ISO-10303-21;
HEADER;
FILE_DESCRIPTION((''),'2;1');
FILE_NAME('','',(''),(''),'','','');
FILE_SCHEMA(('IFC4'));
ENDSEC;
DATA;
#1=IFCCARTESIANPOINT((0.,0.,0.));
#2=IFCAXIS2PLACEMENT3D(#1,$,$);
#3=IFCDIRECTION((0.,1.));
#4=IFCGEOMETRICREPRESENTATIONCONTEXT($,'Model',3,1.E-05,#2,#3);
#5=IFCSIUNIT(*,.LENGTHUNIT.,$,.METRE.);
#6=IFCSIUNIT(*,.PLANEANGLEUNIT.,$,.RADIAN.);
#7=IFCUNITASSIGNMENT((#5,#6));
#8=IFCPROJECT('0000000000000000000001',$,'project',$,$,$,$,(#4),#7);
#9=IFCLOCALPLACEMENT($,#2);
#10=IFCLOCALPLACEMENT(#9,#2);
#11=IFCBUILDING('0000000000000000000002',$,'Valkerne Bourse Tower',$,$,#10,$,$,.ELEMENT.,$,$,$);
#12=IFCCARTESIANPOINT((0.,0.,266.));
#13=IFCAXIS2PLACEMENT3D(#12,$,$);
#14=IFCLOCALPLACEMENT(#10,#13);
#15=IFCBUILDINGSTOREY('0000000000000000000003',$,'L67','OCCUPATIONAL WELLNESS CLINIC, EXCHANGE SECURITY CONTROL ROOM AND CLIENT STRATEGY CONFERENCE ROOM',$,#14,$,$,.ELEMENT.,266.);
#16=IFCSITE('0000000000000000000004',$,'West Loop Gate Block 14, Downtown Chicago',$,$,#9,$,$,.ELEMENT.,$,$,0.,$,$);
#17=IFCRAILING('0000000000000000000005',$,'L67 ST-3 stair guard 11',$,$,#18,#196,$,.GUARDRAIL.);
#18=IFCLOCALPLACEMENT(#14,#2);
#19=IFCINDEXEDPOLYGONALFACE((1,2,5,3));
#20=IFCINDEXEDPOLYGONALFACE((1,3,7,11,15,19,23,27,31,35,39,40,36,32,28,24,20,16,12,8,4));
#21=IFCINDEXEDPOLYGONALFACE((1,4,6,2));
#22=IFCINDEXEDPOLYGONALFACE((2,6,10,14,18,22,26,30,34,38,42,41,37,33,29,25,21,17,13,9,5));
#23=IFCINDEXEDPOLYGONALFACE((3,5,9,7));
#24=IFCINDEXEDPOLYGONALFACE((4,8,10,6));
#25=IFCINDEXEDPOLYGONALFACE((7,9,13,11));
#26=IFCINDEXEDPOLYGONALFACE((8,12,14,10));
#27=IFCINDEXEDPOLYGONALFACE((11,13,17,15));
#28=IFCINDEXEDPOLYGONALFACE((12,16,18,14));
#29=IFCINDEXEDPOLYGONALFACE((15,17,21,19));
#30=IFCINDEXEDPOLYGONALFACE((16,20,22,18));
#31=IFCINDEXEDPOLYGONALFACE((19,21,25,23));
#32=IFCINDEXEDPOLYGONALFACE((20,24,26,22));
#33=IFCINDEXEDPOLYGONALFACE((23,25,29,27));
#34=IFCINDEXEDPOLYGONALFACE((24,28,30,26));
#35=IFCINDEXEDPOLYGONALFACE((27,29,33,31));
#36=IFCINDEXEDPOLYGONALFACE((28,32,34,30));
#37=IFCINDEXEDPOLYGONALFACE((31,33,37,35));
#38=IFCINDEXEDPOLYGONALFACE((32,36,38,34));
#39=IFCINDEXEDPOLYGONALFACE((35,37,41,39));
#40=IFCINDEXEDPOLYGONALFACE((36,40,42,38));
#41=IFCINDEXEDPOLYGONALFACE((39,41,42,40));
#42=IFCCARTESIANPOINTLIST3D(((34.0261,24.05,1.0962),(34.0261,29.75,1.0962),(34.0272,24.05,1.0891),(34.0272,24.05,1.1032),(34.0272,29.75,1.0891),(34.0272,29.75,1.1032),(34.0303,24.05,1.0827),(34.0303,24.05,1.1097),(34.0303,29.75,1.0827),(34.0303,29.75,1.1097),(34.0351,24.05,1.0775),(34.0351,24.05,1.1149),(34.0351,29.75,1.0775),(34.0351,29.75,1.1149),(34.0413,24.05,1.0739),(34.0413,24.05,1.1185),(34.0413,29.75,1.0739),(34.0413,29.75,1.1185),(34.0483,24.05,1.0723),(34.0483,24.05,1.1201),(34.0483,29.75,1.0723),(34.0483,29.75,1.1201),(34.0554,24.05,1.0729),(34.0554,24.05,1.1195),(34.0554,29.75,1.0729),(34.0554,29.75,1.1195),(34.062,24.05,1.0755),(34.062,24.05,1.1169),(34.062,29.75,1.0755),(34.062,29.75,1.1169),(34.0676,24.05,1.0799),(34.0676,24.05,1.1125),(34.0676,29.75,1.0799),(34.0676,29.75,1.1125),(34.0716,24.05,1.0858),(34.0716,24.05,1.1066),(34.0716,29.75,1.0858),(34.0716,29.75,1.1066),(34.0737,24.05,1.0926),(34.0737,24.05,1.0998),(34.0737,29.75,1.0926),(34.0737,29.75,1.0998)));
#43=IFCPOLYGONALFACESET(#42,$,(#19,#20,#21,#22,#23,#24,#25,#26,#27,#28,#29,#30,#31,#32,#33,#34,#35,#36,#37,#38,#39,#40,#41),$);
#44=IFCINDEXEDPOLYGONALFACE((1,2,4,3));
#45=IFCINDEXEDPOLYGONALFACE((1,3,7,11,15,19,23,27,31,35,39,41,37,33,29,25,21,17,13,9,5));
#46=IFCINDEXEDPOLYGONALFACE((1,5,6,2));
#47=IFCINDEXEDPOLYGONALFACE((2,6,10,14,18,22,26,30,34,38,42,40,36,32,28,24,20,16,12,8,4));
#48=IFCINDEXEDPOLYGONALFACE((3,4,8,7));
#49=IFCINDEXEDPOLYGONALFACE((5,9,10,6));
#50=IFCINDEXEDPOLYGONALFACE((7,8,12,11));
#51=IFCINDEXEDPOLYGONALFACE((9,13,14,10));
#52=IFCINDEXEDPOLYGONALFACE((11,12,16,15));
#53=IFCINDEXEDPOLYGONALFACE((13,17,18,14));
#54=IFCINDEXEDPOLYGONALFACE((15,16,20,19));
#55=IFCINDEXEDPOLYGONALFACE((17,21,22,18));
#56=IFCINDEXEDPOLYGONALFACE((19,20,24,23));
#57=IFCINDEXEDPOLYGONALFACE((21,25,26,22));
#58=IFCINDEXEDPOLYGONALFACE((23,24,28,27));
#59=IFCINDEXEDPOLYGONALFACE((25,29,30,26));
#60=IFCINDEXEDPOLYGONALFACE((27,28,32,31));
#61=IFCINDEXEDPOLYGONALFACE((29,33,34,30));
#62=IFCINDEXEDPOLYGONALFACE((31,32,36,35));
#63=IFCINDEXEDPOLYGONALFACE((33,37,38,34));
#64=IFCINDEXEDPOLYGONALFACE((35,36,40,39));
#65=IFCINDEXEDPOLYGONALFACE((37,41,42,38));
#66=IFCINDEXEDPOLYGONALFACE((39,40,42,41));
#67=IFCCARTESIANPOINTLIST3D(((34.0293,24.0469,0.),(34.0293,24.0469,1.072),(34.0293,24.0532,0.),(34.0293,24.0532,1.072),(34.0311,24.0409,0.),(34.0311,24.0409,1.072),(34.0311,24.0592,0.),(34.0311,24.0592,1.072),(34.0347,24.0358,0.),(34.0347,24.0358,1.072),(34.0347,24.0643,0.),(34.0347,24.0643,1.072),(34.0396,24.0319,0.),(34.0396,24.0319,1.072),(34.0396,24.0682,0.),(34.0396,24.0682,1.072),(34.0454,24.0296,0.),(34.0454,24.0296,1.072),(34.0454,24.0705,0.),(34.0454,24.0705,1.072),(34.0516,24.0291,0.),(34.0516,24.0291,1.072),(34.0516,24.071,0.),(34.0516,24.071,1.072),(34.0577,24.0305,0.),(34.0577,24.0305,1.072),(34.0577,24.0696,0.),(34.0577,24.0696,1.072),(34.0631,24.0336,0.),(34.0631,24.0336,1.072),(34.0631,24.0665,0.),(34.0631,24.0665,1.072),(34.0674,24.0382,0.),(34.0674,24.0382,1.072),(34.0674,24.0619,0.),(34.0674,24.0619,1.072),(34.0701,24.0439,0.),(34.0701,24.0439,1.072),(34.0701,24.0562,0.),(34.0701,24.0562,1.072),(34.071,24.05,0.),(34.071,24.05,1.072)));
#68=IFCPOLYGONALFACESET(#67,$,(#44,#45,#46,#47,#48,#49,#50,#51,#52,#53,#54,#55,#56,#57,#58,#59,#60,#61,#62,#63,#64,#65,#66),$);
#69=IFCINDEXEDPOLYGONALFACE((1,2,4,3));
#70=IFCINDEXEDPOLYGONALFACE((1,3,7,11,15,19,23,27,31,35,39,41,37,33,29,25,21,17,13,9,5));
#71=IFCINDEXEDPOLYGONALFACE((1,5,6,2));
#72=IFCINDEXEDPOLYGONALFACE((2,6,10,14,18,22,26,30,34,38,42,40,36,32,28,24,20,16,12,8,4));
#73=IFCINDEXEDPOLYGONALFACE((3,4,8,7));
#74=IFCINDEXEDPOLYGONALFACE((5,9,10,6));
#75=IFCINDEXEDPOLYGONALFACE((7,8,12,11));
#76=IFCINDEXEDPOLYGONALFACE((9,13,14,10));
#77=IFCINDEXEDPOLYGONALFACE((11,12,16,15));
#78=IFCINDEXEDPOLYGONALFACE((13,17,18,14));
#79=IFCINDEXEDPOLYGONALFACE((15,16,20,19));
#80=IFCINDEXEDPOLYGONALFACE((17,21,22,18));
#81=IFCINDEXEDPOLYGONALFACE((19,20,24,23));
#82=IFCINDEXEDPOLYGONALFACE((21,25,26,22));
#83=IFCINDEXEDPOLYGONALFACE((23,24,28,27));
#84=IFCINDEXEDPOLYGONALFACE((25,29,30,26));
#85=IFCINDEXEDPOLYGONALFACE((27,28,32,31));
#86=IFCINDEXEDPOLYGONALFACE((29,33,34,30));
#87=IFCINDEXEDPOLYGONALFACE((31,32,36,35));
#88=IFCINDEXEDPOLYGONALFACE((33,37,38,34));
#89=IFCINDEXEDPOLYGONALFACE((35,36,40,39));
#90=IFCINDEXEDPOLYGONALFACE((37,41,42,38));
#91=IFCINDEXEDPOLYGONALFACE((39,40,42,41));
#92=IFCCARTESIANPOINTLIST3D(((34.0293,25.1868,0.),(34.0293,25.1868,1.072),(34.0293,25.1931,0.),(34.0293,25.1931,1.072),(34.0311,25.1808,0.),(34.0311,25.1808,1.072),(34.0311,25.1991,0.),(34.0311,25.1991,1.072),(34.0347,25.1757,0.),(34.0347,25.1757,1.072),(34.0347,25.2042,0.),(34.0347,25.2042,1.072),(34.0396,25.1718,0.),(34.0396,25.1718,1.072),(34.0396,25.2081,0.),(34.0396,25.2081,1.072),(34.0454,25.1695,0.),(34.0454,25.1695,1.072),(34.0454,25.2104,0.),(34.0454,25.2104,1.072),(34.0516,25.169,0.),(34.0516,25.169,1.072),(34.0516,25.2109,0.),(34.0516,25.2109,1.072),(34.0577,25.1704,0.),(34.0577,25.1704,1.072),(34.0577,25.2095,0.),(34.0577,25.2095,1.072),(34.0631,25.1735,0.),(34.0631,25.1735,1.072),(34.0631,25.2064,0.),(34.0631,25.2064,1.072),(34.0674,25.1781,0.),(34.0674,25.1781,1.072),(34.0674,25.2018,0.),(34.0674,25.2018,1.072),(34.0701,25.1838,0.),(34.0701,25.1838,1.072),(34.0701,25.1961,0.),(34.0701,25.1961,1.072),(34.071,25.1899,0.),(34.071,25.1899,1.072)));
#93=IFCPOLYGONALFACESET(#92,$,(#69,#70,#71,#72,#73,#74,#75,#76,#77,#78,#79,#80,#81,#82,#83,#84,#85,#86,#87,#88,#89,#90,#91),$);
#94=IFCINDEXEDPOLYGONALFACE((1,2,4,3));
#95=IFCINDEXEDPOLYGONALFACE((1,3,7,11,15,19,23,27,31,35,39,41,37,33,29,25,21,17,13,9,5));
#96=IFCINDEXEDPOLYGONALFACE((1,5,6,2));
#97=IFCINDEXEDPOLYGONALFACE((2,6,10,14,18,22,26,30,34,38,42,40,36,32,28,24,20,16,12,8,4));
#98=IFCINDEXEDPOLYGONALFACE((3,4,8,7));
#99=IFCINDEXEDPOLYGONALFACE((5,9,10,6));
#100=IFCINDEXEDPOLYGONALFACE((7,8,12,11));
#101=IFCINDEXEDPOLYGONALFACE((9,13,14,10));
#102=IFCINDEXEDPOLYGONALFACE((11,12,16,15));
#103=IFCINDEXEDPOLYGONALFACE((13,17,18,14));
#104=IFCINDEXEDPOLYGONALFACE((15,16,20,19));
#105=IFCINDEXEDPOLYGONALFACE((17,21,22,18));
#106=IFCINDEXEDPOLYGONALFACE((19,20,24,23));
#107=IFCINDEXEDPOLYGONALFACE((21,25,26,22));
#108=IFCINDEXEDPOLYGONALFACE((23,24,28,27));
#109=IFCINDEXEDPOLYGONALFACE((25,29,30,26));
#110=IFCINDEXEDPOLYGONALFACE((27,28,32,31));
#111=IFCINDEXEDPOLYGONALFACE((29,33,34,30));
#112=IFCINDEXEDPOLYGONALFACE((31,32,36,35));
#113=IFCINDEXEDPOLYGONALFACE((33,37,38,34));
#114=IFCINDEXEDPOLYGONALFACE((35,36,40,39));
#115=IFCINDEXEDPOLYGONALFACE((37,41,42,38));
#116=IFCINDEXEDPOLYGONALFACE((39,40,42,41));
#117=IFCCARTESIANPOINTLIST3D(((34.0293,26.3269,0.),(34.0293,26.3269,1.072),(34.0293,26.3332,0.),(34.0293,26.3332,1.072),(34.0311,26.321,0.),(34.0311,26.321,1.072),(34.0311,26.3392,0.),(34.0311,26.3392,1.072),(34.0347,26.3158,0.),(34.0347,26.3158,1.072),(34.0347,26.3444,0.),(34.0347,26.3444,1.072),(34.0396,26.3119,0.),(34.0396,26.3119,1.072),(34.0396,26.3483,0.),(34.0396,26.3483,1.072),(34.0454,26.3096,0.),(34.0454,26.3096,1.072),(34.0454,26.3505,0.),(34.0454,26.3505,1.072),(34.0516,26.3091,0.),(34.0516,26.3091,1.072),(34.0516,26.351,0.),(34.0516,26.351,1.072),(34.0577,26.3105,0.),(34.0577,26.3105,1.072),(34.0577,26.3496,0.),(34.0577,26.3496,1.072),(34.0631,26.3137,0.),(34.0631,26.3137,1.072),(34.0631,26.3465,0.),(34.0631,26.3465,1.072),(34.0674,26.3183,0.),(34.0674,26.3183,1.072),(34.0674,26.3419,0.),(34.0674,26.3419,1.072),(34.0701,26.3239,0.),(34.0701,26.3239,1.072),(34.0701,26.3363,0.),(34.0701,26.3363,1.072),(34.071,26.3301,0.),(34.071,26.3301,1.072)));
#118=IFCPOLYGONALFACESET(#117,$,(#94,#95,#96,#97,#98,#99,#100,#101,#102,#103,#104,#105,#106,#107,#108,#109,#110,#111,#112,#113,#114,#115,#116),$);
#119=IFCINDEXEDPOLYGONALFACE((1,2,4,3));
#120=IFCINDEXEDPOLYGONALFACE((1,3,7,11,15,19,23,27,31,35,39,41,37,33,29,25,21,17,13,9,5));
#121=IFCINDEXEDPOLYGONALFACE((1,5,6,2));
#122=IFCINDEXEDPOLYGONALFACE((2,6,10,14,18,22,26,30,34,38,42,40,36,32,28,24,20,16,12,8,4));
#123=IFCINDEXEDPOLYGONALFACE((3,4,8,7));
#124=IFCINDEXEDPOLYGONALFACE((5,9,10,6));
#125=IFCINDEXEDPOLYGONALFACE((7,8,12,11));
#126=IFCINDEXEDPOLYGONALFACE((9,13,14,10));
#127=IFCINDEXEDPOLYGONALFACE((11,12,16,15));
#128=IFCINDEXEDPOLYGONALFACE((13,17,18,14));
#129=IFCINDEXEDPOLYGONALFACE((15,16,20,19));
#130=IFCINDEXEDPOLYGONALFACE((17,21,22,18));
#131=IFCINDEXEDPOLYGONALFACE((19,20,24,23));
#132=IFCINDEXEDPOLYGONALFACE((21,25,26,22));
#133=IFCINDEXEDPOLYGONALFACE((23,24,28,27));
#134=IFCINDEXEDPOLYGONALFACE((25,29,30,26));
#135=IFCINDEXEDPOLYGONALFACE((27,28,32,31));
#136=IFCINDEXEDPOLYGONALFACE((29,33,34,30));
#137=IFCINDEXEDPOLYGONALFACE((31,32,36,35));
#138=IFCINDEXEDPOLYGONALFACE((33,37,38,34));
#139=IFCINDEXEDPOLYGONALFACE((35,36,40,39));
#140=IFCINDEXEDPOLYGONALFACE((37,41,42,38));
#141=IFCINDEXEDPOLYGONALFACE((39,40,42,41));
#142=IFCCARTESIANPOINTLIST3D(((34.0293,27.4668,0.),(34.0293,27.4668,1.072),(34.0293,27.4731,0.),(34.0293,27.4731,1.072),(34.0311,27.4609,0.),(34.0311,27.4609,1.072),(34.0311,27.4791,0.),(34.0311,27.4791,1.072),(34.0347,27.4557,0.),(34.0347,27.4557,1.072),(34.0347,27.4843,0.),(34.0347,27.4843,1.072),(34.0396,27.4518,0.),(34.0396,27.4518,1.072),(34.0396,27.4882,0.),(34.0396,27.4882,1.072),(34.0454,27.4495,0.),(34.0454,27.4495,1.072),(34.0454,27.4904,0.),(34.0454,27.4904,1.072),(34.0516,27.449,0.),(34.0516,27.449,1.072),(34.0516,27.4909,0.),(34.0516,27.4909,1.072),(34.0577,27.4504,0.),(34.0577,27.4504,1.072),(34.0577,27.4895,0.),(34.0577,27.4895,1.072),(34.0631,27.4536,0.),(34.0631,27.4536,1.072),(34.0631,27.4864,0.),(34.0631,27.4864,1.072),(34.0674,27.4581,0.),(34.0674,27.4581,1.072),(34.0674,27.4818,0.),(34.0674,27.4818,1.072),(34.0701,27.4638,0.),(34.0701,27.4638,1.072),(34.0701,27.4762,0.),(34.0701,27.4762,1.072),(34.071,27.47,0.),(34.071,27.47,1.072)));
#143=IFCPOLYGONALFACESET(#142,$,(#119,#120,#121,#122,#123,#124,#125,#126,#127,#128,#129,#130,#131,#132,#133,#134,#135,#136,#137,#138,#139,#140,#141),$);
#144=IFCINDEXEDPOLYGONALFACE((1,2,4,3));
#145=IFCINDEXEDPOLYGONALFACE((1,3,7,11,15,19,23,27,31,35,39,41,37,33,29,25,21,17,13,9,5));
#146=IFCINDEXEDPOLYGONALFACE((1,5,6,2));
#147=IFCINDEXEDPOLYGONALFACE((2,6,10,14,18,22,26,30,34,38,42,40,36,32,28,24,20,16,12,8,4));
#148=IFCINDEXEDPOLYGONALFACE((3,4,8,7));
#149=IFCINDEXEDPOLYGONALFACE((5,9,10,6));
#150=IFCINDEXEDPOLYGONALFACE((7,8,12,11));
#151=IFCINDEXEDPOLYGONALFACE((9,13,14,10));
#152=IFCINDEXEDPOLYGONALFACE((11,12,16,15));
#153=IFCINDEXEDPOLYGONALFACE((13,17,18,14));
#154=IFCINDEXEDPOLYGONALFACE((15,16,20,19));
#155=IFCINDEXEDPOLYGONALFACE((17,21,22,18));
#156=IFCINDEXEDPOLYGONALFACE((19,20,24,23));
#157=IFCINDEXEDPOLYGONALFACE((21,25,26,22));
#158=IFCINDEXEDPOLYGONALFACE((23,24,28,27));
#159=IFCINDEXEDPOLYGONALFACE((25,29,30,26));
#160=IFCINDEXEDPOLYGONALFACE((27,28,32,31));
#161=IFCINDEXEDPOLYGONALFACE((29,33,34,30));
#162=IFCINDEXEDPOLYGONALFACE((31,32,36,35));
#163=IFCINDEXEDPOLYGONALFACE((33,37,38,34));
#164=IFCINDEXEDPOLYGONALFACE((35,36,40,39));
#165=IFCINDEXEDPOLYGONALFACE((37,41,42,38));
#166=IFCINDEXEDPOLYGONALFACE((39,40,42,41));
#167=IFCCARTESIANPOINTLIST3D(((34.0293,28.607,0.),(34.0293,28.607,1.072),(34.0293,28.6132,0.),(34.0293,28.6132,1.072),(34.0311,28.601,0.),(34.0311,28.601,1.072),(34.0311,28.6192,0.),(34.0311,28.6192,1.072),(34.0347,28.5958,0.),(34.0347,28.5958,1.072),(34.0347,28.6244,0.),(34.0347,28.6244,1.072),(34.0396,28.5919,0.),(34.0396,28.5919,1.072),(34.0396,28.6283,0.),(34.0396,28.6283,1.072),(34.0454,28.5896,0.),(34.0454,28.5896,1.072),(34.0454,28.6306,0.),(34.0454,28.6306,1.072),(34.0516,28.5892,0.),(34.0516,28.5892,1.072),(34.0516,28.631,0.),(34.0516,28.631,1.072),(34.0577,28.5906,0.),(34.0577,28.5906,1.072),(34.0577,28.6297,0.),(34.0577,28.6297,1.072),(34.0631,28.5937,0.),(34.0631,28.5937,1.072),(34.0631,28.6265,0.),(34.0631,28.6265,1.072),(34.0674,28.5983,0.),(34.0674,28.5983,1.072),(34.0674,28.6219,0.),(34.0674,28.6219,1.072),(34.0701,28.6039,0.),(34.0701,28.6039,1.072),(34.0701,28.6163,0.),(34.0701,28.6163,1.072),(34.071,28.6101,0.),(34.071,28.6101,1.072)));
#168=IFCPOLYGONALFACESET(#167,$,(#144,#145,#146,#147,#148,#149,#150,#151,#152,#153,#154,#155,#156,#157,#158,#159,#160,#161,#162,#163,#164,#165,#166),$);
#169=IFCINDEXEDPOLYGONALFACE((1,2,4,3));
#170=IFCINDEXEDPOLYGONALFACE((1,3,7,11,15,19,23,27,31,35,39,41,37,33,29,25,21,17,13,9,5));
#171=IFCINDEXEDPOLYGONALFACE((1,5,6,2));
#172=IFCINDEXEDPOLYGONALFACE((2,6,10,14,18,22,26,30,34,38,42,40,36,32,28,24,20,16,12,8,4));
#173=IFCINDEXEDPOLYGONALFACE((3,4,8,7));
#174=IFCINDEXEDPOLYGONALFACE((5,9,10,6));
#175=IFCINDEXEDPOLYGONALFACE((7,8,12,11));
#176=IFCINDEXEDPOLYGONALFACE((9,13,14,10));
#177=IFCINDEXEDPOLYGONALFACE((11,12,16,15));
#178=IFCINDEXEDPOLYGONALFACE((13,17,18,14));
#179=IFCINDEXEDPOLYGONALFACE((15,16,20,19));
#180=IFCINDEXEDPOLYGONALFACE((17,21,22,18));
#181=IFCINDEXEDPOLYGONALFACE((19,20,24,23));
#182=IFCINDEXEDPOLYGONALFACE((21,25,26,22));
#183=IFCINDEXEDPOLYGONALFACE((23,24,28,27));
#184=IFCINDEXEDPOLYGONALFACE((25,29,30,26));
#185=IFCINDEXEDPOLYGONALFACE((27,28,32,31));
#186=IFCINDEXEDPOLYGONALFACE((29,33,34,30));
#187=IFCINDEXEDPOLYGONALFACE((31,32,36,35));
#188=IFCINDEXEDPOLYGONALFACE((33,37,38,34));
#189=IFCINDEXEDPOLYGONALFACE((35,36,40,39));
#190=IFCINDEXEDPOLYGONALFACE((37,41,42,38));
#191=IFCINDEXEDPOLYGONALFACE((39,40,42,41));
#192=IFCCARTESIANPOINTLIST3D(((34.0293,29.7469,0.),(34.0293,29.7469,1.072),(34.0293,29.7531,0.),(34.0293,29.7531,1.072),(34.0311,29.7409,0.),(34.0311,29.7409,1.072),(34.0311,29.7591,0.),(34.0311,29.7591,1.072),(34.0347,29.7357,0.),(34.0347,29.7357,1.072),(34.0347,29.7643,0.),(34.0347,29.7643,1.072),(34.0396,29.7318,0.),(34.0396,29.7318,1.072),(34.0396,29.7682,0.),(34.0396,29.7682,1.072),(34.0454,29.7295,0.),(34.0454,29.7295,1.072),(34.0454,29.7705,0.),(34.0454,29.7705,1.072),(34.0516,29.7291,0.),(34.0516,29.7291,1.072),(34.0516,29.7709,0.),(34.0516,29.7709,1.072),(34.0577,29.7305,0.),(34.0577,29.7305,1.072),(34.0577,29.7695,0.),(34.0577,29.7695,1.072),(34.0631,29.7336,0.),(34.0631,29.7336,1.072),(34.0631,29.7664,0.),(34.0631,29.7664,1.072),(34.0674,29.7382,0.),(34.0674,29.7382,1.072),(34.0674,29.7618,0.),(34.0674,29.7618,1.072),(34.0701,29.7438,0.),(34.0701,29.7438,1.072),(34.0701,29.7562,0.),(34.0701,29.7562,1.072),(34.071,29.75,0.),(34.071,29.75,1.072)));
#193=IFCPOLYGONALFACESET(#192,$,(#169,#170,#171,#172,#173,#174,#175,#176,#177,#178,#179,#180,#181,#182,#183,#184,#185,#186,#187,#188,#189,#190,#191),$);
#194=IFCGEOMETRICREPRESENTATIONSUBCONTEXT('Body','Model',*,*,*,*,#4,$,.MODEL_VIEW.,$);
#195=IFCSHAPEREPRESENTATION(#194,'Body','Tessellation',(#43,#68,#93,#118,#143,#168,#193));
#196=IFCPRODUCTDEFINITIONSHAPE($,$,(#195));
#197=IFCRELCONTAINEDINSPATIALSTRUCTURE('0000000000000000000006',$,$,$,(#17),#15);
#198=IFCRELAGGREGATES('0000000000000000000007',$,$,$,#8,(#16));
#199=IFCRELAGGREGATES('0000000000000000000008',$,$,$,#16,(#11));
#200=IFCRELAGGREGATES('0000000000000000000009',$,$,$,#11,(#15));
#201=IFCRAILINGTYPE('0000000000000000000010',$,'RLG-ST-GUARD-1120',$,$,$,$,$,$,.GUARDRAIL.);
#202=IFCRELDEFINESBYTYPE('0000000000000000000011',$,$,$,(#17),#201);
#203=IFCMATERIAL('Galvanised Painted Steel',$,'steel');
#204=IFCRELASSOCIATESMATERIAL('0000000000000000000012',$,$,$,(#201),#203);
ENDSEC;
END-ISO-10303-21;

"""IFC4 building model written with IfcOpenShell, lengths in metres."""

from ifc_helpers import new_model, si_unit, direction, frame, origin, origin_2d, place, context, subcontext, project, spatial, circle, extrude, material, type_object, element, save


model = new_model("IFC4")

# Units and contexts
model_context = context("Model", 3, precision=1e-05, world=origin(), true_north=direction((0.0, 1.0)))
body_context = subcontext(model_context, "Body", "Model", "MODEL_VIEW")
ifc_project = project(units=[si_unit("LENGTHUNIT", "METRE"), si_unit("PLANEANGLEUNIT", "RADIAN")], contexts=[model_context])

# Site, building, storey
site_placement = place(None, origin())
site = spatial("IfcSite", under=ifc_project, at=site_placement, Name="West Loop Gate Block 14, Downtown Chicago", CompositionType="ELEMENT", RefElevation=0.0)
building_placement = place(site_placement, origin())
building = spatial("IfcBuilding", under=site, at=building_placement, Name="Valkerne Bourse Tower", CompositionType="ELEMENT")
storey_placement = place(building_placement, frame((0.0, 0.0, 266.0)))
storey = spatial("IfcBuildingStorey", under=building, at=storey_placement, Name="L67", Description="OCCUPATIONAL WELLNESS CLINIC, EXCHANGE SECURITY CONTROL ROOM AND CLIENT STRATEGY CONFERENCE ROOM", CompositionType="ELEMENT", Elevation=266.0)

# Shared definitions
ifc_material_1 = material(Name="Galvanised Painted Steel", Category="steel")

# Railing
railing_type_1 = type_object("IfcRailingType", Name="RLG-ST-GUARD-1120", PredefinedType="GUARDRAIL", material=ifc_material_1)
railing_1_placement = place(storey_placement, frame((34.05, 24.05, 0.0)))
element("IfcRailing", 1, at=railing_1_placement, inside=storey, type_object=railing_type_1, Name="L67 ST-3 stair guard 11", PredefinedType="GUARDRAIL", context=body_context, shape_type="SweptSolid", body=[
    extrude(circle(Radius=0.0239, at=origin_2d()), frame((0.0, 0.0, 1.0962), z_axis=(0.0, 1.0, 0.0), x_axis=(-1.0, 0.0, 0.0)), (0.0, 0.0, 1.0), 5.7),
    extrude(circle(Radius=0.021, at=origin_2d()), origin(), (0.0, 0.0, 1.0), 1.072),
    extrude(circle(Radius=0.021, at=origin_2d()), frame((0.0, 1.1399, 0.0)), (0.0, 0.0, 1.0), 1.072),
    extrude(circle(Radius=0.021, at=origin_2d()), frame((0.0, 2.28, 0.0)), (0.0, 0.0, 1.0), 1.072),
    extrude(circle(Radius=0.021, at=origin_2d()), frame((0.0, 3.4199, 0.0)), (0.0, 0.0, 1.0), 1.072),
    extrude(circle(Radius=0.021, at=origin_2d()), frame((0.0, 4.5601, 0.0)), (0.0, 0.0, 1.0), 1.072),
    extrude(circle(Radius=0.021, at=origin_2d()), frame((0.0, 5.7, 0.0)), (0.0, 0.0, 1.0), 1.072),
])

save(model, "model.ifc")
